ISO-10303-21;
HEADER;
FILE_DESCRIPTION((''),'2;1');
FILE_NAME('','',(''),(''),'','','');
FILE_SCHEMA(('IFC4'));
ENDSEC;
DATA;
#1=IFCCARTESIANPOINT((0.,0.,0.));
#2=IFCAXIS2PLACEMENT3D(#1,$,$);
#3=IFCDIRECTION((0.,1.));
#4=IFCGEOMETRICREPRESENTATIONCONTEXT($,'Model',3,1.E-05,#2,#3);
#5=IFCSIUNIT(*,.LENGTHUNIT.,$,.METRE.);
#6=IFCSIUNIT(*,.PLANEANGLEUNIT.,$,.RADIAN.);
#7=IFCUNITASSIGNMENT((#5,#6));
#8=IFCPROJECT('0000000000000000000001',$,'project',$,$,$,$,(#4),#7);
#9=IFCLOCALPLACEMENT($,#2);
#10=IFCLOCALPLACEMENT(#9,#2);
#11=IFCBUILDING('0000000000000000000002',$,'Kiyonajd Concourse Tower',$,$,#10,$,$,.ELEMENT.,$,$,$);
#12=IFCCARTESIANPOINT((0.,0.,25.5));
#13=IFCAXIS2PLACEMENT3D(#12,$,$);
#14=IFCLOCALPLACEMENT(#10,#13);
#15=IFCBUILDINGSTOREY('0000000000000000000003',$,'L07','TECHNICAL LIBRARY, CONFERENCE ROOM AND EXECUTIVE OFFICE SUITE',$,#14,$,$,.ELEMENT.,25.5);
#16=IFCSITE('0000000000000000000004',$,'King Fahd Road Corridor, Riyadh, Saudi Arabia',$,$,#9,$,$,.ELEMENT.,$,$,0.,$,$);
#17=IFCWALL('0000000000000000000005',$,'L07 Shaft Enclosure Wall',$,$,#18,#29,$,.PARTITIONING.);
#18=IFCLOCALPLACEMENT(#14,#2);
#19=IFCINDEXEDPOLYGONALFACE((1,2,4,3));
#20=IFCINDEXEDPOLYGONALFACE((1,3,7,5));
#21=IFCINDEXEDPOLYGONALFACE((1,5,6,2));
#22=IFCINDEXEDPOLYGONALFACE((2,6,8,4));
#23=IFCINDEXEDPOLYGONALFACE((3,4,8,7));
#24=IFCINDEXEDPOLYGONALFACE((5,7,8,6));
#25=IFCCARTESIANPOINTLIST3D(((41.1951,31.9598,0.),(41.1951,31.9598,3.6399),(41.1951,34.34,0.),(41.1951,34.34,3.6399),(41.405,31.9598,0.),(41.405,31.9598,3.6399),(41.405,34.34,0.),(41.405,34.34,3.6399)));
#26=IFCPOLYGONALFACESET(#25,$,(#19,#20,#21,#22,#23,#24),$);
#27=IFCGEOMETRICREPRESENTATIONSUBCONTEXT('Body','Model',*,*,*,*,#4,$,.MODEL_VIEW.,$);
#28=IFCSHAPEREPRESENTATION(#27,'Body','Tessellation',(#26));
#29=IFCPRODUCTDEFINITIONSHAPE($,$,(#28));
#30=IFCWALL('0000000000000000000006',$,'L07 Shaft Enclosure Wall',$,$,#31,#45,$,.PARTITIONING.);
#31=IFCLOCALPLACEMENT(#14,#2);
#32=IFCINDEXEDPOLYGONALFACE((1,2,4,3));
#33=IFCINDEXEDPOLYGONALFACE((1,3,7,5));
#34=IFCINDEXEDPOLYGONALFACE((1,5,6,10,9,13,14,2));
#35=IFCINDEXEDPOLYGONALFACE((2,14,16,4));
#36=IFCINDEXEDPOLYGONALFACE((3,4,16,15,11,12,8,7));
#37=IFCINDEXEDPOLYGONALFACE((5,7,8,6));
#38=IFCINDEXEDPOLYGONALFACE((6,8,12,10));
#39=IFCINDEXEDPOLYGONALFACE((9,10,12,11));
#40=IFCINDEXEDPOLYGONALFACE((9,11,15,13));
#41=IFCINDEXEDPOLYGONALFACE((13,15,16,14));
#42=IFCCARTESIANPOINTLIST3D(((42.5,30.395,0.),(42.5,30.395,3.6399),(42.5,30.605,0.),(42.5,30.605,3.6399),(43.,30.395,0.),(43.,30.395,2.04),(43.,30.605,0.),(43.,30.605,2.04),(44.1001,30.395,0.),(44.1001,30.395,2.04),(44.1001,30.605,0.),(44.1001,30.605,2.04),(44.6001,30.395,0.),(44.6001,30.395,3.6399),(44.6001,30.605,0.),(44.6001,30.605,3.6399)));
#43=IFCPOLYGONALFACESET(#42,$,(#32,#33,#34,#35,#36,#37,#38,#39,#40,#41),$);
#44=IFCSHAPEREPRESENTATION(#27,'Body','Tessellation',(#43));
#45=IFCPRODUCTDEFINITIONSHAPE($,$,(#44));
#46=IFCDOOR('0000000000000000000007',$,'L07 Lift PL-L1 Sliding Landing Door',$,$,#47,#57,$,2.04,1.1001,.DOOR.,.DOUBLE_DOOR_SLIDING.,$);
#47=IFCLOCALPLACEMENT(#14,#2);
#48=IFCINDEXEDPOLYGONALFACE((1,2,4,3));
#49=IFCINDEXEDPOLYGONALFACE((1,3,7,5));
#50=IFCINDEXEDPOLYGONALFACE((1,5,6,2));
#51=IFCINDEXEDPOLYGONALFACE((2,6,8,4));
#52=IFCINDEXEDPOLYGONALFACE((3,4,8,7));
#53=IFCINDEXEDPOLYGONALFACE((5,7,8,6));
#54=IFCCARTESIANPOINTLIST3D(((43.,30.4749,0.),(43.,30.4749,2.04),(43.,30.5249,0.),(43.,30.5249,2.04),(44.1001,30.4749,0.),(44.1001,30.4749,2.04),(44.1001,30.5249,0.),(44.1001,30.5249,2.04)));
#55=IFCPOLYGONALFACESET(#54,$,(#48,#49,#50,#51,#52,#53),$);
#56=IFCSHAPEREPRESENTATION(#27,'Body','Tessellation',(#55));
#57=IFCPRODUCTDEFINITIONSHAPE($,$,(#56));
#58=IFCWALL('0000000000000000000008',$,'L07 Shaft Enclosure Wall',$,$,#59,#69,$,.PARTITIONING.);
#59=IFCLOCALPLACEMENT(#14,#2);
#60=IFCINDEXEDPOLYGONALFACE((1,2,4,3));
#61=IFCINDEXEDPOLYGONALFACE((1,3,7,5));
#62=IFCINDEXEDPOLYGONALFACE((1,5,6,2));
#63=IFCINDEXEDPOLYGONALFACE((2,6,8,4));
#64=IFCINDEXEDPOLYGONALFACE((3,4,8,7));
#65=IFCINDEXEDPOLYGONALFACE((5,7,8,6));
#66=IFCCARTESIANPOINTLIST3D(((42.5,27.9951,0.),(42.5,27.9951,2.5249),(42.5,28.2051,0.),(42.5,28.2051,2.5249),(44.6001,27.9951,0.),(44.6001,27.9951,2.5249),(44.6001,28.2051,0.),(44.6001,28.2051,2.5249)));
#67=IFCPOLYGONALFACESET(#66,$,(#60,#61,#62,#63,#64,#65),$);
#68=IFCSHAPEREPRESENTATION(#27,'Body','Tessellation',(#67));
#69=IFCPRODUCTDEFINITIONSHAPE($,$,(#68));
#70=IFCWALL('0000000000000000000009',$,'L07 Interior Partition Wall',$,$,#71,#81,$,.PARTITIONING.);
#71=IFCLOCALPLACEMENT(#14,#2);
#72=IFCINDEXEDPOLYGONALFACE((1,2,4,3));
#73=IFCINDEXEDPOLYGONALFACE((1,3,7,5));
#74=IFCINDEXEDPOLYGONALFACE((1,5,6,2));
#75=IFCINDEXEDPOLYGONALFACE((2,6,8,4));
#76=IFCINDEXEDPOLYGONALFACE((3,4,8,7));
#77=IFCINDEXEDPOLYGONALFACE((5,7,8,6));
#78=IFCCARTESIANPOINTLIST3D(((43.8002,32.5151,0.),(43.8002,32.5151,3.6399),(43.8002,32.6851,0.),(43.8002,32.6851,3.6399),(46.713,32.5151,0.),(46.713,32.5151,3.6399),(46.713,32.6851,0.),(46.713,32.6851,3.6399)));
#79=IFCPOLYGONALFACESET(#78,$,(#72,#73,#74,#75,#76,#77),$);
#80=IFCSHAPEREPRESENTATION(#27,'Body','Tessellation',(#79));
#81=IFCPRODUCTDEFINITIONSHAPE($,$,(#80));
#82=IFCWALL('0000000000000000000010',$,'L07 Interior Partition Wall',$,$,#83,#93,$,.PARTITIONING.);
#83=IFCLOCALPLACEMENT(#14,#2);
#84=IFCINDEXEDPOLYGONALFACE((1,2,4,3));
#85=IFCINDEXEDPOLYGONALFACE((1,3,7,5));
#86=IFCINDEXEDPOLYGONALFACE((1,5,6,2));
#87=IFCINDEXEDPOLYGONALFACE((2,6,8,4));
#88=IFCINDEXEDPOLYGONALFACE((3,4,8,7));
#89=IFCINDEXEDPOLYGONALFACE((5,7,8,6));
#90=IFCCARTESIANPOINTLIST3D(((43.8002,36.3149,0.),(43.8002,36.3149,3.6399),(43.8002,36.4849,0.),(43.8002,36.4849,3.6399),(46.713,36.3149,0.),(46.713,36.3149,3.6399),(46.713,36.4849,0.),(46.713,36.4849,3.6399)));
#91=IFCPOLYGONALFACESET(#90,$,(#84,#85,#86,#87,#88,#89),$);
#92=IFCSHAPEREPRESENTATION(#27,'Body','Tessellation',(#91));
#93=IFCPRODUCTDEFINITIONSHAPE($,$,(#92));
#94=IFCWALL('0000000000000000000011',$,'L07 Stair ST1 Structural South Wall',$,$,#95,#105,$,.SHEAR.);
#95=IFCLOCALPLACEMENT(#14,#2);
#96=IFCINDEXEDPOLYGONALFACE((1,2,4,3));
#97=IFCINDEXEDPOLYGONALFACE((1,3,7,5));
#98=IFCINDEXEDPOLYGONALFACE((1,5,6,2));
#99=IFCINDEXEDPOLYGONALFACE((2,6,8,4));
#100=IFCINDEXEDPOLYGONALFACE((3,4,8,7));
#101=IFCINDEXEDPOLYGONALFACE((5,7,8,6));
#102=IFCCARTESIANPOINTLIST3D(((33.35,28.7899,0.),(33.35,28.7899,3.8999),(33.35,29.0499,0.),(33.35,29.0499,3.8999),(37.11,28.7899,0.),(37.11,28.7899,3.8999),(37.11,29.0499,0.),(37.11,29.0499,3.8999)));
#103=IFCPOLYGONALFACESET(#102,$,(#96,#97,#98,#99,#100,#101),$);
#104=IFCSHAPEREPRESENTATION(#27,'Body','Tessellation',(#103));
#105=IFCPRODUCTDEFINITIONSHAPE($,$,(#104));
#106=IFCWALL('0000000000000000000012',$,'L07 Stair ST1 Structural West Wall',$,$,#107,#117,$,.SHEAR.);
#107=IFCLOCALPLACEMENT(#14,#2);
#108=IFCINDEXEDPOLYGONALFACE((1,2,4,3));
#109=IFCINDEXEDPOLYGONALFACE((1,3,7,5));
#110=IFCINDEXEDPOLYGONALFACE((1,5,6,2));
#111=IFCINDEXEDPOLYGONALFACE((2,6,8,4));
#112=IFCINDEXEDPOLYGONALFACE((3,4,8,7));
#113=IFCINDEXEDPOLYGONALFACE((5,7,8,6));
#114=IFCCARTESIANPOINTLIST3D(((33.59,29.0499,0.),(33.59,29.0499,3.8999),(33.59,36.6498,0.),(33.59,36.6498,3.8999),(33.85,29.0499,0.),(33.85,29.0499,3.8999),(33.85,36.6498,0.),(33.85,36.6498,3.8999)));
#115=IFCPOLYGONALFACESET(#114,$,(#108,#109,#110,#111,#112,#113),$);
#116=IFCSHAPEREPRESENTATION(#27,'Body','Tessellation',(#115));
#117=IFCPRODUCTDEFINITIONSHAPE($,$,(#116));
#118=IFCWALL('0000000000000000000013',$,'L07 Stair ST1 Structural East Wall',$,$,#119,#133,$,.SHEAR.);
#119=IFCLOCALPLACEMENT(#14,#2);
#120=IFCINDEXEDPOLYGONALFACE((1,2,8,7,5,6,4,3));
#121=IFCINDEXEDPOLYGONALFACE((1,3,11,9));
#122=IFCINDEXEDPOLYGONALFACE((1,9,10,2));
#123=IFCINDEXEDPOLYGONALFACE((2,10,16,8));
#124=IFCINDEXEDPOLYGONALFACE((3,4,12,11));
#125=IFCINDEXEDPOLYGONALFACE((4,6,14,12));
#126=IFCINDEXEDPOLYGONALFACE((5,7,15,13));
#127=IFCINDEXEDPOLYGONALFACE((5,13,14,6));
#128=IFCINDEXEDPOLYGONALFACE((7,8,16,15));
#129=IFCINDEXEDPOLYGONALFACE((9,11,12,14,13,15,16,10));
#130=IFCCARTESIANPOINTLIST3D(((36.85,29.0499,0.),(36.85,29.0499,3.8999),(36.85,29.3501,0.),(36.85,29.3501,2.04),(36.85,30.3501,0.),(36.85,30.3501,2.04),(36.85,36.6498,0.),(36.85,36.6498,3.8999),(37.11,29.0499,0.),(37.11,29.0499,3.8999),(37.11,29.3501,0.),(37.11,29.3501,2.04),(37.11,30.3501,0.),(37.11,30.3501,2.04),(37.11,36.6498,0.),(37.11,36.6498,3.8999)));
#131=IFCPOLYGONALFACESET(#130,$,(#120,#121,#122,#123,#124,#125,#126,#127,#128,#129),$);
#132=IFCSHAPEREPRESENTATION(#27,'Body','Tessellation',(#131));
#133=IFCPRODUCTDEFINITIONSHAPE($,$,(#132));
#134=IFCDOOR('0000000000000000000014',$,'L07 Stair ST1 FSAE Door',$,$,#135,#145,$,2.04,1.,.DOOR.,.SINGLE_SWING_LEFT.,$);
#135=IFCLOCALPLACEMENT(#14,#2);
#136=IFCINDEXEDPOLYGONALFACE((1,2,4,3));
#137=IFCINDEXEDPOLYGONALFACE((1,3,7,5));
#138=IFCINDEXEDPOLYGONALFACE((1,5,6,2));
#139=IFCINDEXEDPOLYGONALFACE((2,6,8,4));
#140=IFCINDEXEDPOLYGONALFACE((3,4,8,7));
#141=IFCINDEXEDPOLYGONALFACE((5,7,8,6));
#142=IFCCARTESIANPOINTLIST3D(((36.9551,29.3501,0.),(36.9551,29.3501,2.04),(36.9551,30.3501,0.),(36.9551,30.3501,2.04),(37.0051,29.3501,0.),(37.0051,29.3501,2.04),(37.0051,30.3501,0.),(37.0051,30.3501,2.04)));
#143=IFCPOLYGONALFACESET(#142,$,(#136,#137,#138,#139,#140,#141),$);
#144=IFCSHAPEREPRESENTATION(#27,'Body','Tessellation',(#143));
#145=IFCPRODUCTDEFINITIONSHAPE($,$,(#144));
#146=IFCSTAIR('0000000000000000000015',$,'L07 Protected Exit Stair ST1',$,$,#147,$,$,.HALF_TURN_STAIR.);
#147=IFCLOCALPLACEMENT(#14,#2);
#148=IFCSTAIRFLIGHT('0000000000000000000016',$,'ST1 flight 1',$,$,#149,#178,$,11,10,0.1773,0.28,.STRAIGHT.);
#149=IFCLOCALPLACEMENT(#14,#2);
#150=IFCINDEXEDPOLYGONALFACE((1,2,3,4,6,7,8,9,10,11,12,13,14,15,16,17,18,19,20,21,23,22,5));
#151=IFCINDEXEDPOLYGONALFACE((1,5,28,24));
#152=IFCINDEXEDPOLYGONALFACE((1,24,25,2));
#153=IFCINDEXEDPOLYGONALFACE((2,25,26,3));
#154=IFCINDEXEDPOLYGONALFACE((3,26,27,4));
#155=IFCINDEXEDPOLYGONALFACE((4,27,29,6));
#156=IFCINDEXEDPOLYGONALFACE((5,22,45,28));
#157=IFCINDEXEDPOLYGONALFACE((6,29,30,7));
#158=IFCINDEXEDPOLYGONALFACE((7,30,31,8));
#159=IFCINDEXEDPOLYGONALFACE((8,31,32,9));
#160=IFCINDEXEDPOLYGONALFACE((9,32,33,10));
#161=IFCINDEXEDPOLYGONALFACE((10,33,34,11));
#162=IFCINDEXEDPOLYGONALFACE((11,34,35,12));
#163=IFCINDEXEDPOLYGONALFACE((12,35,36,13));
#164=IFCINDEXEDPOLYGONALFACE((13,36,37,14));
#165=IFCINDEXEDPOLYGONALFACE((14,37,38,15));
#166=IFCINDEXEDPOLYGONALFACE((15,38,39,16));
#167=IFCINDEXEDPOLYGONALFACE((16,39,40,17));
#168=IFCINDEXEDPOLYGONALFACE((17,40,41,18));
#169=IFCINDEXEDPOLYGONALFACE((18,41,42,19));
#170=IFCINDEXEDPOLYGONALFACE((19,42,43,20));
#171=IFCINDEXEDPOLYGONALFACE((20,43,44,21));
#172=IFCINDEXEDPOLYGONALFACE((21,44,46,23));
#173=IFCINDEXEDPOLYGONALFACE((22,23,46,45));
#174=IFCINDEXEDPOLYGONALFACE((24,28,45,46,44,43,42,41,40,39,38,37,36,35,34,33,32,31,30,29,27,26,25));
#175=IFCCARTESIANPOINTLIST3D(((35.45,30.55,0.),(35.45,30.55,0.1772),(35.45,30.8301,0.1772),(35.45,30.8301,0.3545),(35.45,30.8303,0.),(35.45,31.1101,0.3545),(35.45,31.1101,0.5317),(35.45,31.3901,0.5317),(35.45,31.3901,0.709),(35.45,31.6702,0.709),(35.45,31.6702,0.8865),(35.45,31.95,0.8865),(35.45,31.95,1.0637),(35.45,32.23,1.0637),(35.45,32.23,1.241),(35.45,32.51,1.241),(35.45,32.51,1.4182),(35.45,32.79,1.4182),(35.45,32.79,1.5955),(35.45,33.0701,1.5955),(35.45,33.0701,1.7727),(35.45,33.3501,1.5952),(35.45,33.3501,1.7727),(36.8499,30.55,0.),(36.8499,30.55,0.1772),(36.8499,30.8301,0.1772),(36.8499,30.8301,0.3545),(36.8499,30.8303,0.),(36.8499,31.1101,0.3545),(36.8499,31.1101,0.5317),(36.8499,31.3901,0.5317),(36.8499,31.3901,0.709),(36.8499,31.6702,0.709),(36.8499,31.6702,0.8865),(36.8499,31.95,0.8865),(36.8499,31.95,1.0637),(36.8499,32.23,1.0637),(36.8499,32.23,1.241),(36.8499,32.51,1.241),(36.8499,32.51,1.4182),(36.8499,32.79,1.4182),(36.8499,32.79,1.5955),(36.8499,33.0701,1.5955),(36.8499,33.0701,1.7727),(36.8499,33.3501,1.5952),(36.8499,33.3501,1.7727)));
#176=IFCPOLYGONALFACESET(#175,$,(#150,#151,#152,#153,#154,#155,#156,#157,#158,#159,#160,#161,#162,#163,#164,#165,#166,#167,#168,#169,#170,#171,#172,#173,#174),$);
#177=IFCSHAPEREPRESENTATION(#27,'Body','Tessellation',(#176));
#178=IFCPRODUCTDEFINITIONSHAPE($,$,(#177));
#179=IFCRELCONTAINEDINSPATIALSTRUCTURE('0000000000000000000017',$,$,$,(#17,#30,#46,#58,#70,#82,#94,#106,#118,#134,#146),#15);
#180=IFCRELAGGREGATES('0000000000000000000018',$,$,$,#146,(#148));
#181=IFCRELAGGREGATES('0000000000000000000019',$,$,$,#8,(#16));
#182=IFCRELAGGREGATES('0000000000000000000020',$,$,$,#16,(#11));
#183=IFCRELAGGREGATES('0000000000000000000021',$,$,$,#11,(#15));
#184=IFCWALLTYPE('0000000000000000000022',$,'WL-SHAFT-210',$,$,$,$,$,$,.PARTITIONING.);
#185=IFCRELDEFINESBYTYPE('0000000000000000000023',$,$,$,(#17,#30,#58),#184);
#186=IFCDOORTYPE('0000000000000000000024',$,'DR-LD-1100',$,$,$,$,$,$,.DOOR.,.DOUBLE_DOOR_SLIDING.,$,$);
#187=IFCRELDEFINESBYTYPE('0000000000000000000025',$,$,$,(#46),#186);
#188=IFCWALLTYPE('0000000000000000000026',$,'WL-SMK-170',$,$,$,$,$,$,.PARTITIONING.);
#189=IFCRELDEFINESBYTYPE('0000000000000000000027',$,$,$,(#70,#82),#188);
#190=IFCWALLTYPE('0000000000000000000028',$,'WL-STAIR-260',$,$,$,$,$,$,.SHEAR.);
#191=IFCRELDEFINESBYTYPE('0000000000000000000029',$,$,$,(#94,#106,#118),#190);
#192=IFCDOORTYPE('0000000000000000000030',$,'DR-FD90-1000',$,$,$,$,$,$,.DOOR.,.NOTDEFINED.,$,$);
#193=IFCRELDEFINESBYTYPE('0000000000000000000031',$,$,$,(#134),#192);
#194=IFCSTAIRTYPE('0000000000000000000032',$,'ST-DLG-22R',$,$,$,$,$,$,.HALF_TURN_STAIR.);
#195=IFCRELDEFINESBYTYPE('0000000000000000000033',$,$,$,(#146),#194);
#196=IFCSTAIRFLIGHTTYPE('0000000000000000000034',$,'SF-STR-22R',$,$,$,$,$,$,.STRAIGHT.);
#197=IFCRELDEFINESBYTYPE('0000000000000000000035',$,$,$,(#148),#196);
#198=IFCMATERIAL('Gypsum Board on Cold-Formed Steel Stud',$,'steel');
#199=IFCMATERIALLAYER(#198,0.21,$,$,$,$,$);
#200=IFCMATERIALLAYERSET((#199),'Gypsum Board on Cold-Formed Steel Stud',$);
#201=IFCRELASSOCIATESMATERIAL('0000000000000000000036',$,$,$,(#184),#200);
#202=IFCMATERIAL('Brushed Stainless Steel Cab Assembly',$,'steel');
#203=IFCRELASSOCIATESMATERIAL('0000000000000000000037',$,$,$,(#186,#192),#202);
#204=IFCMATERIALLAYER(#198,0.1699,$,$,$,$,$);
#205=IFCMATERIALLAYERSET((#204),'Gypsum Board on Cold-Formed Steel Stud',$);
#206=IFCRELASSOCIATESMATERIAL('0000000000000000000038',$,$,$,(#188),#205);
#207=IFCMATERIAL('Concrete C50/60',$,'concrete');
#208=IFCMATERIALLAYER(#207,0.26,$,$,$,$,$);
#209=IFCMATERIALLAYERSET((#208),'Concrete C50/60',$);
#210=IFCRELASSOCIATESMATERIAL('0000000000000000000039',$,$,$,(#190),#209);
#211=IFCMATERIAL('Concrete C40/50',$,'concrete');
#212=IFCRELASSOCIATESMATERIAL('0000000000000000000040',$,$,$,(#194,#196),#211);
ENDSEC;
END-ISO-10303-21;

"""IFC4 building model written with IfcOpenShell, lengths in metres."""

from ifc_helpers import new_model, si_unit, direction, frame, frame_2d, origin, place, context, subcontext, project, spatial, polyline, rectangle, outline, extrude, material, layer, layer_set, type_object, element, fill, aggregate, save


model = new_model("IFC4")

# Units and contexts
model_context = context("Model", 3, precision=1e-05, world=origin(), true_north=direction((0.0, 1.0)))
body_context = subcontext(model_context, "Body", "Model", "MODEL_VIEW")
ifc_project = project(units=[si_unit("LENGTHUNIT", "METRE"), si_unit("PLANEANGLEUNIT", "RADIAN")], contexts=[model_context])

# Site, building, storey
site_placement = place(None, origin())
site = spatial("IfcSite", under=ifc_project, at=site_placement, Name="King Fahd Road Corridor, Riyadh, Saudi Arabia", CompositionType="ELEMENT", RefElevation=0.0)
building_placement = place(site_placement, origin())
building = spatial("IfcBuilding", under=site, at=building_placement, Name="Kiyonajd Concourse Tower", CompositionType="ELEMENT")
storey_placement = place(building_placement, frame((0.0, 0.0, 25.5)))
storey = spatial("IfcBuildingStorey", under=building, at=storey_placement, Name="L07", Description="TECHNICAL LIBRARY, CONFERENCE ROOM AND EXECUTIVE OFFICE SUITE", CompositionType="ELEMENT", Elevation=25.5)

# Shared definitions
ifc_material_1 = material(Name="Concrete C50/60", Category="concrete")

# Shared definitions
ifc_material_2 = material(Name="Brushed Stainless Steel Cab Assembly", Category="steel")
ifc_material_3 = material(Name="Gypsum Board on Cold-Formed Steel Stud", Category="steel")
ifc_layer_1 = layer(ifc_material_3, 0.21)
ifc_layer_set_1 = layer_set([ifc_layer_1], Name="Gypsum Board on Cold-Formed Steel Stud")
wall_type_1 = type_object("IfcWallType", Name="WL-SHAFT-210", PredefinedType="PARTITIONING", material=ifc_layer_set_1)

# Wall
wall_1_placement = place(storey_placement, frame((41.3, 31.96, 0.0), z_axis=(0.0, 0.0, 1.0), x_axis=(0.0, 1.0, 0.0)))
element("IfcWall", 1, at=wall_1_placement, inside=storey, type_object=wall_type_1, Name="L07 Shaft Enclosure Wall", PredefinedType="PARTITIONING", context=body_context, shape_type="SweptSolid", body=[
    extrude(rectangle(XDim=2.3801, YDim=0.21, at=frame_2d((1.1899, 0.0))), origin(), (0.0, 0.0, 1.0), 3.6399),
])

# Wall, opening, door
wall_2_placement = place(storey_placement, frame((42.5, 30.5, 0.0), z_axis=(0.0, 0.0, 1.0), x_axis=(1.0, 0.0, 0.0)))
wall_2 = element("IfcWall", 2, at=wall_2_placement, inside=storey, type_object=wall_type_1, Name="L07 Shaft Enclosure Wall", PredefinedType="PARTITIONING", context=body_context, shape_type="SweptSolid", body=[
    extrude(rectangle(XDim=2.1001, YDim=0.21, at=frame_2d((1.05, 0.0))), origin(), (0.0, 0.0, 1.0), 3.6399),
])
opening_1_placement = place(wall_2_placement, frame((0.5, 0.0, 0.0)))
opening_1 = element("IfcOpeningElement", 3, at=opening_1_placement, cuts=wall_2, PredefinedType="OPENING", context=body_context, shape_type="SweptSolid", body=[
    extrude(rectangle(XDim=1.1001, YDim=2.04, at=frame_2d((0.55, 1.02))), frame((0.0, 0.115, 0.0), z_axis=(0.0, -1.0, 0.0), x_axis=(1.0, 0.0, 0.0)), (0.0, 0.0, 1.0), 0.23),
])
door_type_1 = type_object("IfcDoorType", Name="DR-LD-1100", OperationType="DOUBLE_DOOR_SLIDING", PredefinedType="DOOR", material=ifc_material_2)
door_1_placement = place(opening_1_placement, origin())
door_1 = element("IfcDoor", 4, at=door_1_placement, inside=storey, type_object=door_type_1, Name="L07 Lift PL-L1 Sliding Landing Door", OperationType="DOUBLE_DOOR_SLIDING", OverallHeight=2.04, OverallWidth=1.1001, PredefinedType="DOOR", context=body_context, shape_type="SweptSolid", body=[
    extrude(rectangle(XDim=1.1001, YDim=2.04, at=frame_2d((0.55, 1.02))), frame((0.0, 0.0249, 0.0), z_axis=(0.0, -1.0, 0.0), x_axis=(1.0, 0.0, 0.0)), (0.0, 0.0, 1.0), 0.05),
])
fill(opening_1, door_1)

# Walls
wall_3_placement = place(storey_placement, frame((42.5, 28.1001, 0.0), z_axis=(0.0, 0.0, 1.0), x_axis=(1.0, 0.0, 0.0)))
element("IfcWall", 5, at=wall_3_placement, inside=storey, type_object=wall_type_1, Name="L07 Shaft Enclosure Wall", PredefinedType="PARTITIONING", context=body_context, shape_type="SweptSolid", body=[
    extrude(rectangle(XDim=2.1001, YDim=0.21, at=frame_2d((1.05, 0.0))), origin(), (0.0, 0.0, 1.0), 2.5249),
])
ifc_layer_2 = layer(ifc_material_3, 0.1699)
ifc_layer_set_2 = layer_set([ifc_layer_2], Name="Gypsum Board on Cold-Formed Steel Stud")
wall_type_2 = type_object("IfcWallType", Name="WL-SMK-170", PredefinedType="PARTITIONING", material=ifc_layer_set_2)
for number, where, z_axis, x_axis, name in (
    (6, (43.8, 32.6001, 0.0), (0.0, 0.0, 1.0), (1.0, 0.0, 0.0), "L07 Interior Partition Wall"),
    (7, (43.8, 36.3999, 0.0), (0.0, 0.0, 1.0), (1.0, 0.0, 0.0), "L07 Interior Partition Wall"),
):
    element("IfcWall", number, at=place(storey_placement, frame(where, z_axis=z_axis, x_axis=x_axis)), inside=storey, type_object=wall_type_2, Name=name, PredefinedType="PARTITIONING", context=body_context, shape_type="SweptSolid", body=[
        extrude(rectangle(XDim=2.9128, YDim=0.1699, at=frame_2d((1.4565, 0.0))), origin(), (0.0, 0.0, 1.0), 3.6399),
    ])
ifc_layer_3 = layer(ifc_material_1, 0.26)
ifc_layer_set_3 = layer_set([ifc_layer_3], Name="Concrete C50/60")
wall_type_3 = type_object("IfcWallType", Name="WL-STAIR-260", PredefinedType="SHEAR", material=ifc_layer_set_3)
wall_4_placement = place(storey_placement, frame((33.3501, 28.9199, 0.0), z_axis=(0.0, 0.0, 1.0), x_axis=(1.0, 0.0, 0.0)))
element("IfcWall", 8, at=wall_4_placement, inside=storey, type_object=wall_type_3, Name="L07 Stair ST1 Structural South Wall", PredefinedType="SHEAR", context=body_context, shape_type="SweptSolid", body=[
    extrude(rectangle(XDim=3.76, YDim=0.26, at=frame_2d((1.8799, 0.0))), origin(), (0.0, 0.0, 1.0), 3.8999),
])
wall_5_placement = place(storey_placement, frame((33.72, 29.05, 0.0), z_axis=(0.0, 0.0, 1.0), x_axis=(0.0, 1.0, 0.0)))
element("IfcWall", 9, at=wall_5_placement, inside=storey, type_object=wall_type_3, Name="L07 Stair ST1 Structural West Wall", PredefinedType="SHEAR", context=body_context, shape_type="SweptSolid", body=[
    extrude(rectangle(XDim=7.5999, YDim=0.26, at=frame_2d((3.7998, 0.0))), origin(), (0.0, 0.0, 1.0), 3.8999),
])

# Wall, opening, door
wall_6_placement = place(storey_placement, frame((36.98, 29.05, 0.0), z_axis=(0.0, 0.0, 1.0), x_axis=(0.0, 1.0, 0.0)))
wall_6 = element("IfcWall", 10, at=wall_6_placement, inside=storey, type_object=wall_type_3, Name="L07 Stair ST1 Structural East Wall", PredefinedType="SHEAR", context=body_context, shape_type="SweptSolid", body=[
    extrude(rectangle(XDim=7.5999, YDim=0.26, at=frame_2d((3.7998, 0.0))), origin(), (0.0, 0.0, 1.0), 3.8999),
])
opening_2_placement = place(wall_6_placement, frame((0.3, 0.0, 0.0)))
opening_2 = element("IfcOpeningElement", 11, at=opening_2_placement, cuts=wall_6, PredefinedType="OPENING", context=body_context, shape_type="SweptSolid", body=[
    extrude(rectangle(XDim=1.0, YDim=2.04, at=frame_2d((0.5, 1.02))), frame((0.0, 0.1399, 0.0), z_axis=(0.0, -1.0, 0.0), x_axis=(1.0, 0.0, 0.0)), (0.0, 0.0, 1.0), 0.28),
])
door_type_2 = type_object("IfcDoorType", Name="DR-FD90-1000", OperationType="NOTDEFINED", PredefinedType="DOOR", material=ifc_material_2)
door_2_placement = place(opening_2_placement, origin())
door_2 = element("IfcDoor", 12, at=door_2_placement, inside=storey, type_object=door_type_2, Name="L07 Stair ST1 FSAE Door", OperationType="SINGLE_SWING_LEFT", OverallHeight=2.04, OverallWidth=1.0, PredefinedType="DOOR", context=body_context, shape_type="SweptSolid", body=[
    extrude(rectangle(XDim=1.0, YDim=2.04, at=frame_2d((0.5, 1.02))), frame((0.0, 0.0249, 0.0), z_axis=(0.0, -1.0, 0.0), x_axis=(1.0, 0.0, 0.0)), (0.0, 0.0, 1.0), 0.05),
])
fill(opening_2, door_2)

# Stair, stair flight
ifc_material_4 = material(Name="Concrete C40/50", Category="concrete")
stair_type = type_object("IfcStairType", Name="ST-DLG-22R", PredefinedType="HALF_TURN_STAIR", material=ifc_material_4)
stair_placement = place(storey_placement, origin())
stair = element("IfcStair", 13, at=stair_placement, inside=storey, type_object=stair_type, Name="L07 Protected Exit Stair ST1", PredefinedType="HALF_TURN_STAIR")
stair_flight_type = type_object("IfcStairFlightType", Name="SF-STR-22R", PredefinedType="STRAIGHT", material=ifc_material_4)
stair_flight_1_placement = place(storey_placement, frame((36.1499, 30.55, 0.0), z_axis=(0.0, 0.0, 1.0), x_axis=(0.0, 1.0, 0.0)))
stair_flight_1 = element("IfcStairFlight", 14, at=stair_flight_1_placement, type_object=stair_flight_type, Name="ST1 flight 1", NumberOfRisers=11, NumberOfTreads=10, PredefinedType="STRAIGHT", RiserHeight=0.1773, TreadLength=0.28, context=body_context, shape_type="SweptSolid", body=[
    extrude(outline(polyline([(0.0, 0.0), (0.0, 0.1772), (0.28, 0.1772), (0.28, 0.3545), (0.5601, 0.3545), (0.5601, 0.5317), (0.8401, 0.5317), (0.8401, 0.709), (1.1201, 0.709), (1.1201, 0.8865), (1.3999, 0.8865), (1.3999, 1.0637), (1.6799, 1.0637), (1.6799, 1.241), (1.96, 1.241), (1.96, 1.4182), (2.24, 1.4182), (2.24, 1.5955), (2.52, 1.5955), (2.52, 1.7727), (2.8, 1.7727), (2.8, 1.95), (2.8, 1.5952), (0.2803, 0.0), (0.0, 0.0)])), frame((0.0, 0.7, 0.0), z_axis=(0.0, -1.0, 0.0), x_axis=(1.0, 0.0, 0.0)), (0.0, 0.0, 1.0), 1.3999),
])
aggregate(stair, [stair_flight_1])

save(model, "model.ifc")
